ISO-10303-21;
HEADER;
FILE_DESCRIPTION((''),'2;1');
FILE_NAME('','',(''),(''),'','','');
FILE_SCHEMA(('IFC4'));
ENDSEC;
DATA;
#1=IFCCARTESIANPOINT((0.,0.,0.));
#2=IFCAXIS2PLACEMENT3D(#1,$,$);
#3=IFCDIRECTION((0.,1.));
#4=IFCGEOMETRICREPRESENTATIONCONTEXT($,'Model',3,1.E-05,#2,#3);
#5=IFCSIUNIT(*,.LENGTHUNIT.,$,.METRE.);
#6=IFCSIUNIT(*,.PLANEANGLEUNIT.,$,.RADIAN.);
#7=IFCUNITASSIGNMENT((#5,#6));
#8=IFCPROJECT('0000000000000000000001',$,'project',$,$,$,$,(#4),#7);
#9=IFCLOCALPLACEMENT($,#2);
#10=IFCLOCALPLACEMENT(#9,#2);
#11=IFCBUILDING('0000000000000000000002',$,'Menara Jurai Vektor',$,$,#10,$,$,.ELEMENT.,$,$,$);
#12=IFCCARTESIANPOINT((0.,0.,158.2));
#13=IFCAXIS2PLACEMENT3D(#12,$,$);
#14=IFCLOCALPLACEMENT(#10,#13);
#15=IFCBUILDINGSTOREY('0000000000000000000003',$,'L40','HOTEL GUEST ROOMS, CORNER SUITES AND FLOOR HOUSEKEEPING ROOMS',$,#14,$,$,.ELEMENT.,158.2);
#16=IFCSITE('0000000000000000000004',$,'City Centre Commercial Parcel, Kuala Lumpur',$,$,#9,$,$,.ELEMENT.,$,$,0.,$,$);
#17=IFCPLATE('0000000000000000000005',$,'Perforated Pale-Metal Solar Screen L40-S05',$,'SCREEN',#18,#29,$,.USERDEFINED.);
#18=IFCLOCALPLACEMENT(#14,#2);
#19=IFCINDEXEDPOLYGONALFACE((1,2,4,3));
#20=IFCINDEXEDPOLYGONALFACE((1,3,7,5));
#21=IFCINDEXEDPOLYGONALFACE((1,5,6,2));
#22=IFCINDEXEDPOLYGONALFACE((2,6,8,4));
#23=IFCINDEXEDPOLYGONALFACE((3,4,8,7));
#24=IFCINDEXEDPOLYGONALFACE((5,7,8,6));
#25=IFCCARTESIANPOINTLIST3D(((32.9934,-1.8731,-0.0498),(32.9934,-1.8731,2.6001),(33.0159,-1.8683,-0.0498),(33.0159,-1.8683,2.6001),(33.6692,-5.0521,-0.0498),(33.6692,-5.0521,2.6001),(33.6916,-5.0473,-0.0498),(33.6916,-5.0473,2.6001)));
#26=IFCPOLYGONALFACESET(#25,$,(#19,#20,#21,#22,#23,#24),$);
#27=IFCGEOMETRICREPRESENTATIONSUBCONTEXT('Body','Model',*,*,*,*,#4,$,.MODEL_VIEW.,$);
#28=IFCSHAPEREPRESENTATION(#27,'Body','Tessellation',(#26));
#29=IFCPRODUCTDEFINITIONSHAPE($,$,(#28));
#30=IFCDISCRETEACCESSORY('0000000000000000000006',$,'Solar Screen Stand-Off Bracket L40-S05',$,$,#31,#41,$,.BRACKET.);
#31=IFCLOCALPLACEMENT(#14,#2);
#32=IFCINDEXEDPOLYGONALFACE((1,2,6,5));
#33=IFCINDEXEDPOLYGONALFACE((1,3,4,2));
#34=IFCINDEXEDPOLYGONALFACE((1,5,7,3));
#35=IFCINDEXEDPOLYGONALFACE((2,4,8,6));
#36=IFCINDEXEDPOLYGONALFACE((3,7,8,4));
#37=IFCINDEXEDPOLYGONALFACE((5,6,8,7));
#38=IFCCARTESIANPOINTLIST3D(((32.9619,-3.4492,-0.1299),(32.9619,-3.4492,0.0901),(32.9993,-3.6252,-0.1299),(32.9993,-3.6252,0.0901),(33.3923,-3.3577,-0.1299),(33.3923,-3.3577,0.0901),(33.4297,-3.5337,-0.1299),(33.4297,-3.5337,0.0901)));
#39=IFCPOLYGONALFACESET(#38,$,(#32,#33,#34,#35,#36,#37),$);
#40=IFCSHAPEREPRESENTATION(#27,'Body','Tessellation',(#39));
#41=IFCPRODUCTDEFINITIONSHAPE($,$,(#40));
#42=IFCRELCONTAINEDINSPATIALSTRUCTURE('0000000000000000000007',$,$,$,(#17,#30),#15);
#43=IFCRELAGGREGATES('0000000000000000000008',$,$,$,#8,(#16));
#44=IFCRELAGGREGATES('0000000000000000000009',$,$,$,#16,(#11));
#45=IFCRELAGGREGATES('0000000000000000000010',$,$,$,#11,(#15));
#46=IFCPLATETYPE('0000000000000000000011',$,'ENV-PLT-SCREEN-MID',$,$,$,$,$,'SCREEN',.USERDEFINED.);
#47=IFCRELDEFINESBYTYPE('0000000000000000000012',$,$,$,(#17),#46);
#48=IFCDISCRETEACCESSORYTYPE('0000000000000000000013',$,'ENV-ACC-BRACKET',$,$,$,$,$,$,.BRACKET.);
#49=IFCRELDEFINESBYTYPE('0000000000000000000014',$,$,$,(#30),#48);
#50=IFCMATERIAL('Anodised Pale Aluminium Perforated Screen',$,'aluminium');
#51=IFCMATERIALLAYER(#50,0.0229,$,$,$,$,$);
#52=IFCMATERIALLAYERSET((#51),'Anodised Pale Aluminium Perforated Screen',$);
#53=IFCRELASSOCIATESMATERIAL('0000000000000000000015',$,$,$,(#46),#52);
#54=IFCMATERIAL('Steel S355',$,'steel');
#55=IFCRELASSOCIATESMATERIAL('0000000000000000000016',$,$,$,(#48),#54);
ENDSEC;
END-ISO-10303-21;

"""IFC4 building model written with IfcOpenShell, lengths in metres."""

from ifc_helpers import new_model, si_unit, direction, frame, origin, origin_2d, place, context, subcontext, project, spatial, rectangle, extrude, material, layer, layer_set, type_object, element, save


model = new_model("IFC4")

# Units and contexts
model_context = context("Model", 3, precision=1e-05, world=origin(), true_north=direction((0.0, 1.0)))
body_context = subcontext(model_context, "Body", "Model", "MODEL_VIEW")
ifc_project = project(units=[si_unit("LENGTHUNIT", "METRE"), si_unit("PLANEANGLEUNIT", "RADIAN")], contexts=[model_context])

# Site, building, storey
site_placement = place(None, origin())
site = spatial("IfcSite", under=ifc_project, at=site_placement, Name="City Centre Commercial Parcel, Kuala Lumpur", CompositionType="ELEMENT", RefElevation=0.0)
building_placement = place(site_placement, origin())
building = spatial("IfcBuilding", under=site, at=building_placement, Name="Menara Jurai Vektor", CompositionType="ELEMENT")
storey_placement = place(building_placement, frame((0.0, 0.0, 158.2)))
storey = spatial("IfcBuildingStorey", under=building, at=storey_placement, Name="L40", Description="HOTEL GUEST ROOMS, CORNER SUITES AND FLOOR HOUSEKEEPING ROOMS", CompositionType="ELEMENT", Elevation=158.2)

# Shared definitions
ifc_material_1 = material(Name="Steel S355", Category="steel")

# Plate
ifc_material_2 = material(Name="Anodised Pale Aluminium Perforated Screen", Category="aluminium")
ifc_layer_1 = layer(ifc_material_2, 0.0229)
ifc_layer_set_1 = layer_set([ifc_layer_1], Name="Anodised Pale Aluminium Perforated Screen")
plate_type_1 = type_object("IfcPlateType", Name="ENV-PLT-SCREEN-MID", ElementType="SCREEN", PredefinedType="USERDEFINED", material=ifc_layer_set_1)
plate_1_placement = place(storey_placement, frame((33.3425, -3.4602, -0.0498), z_axis=(0.0, 0.0, 1.0), x_axis=(-0.207912, 0.978148, 0.0)))
element("IfcPlate", 1, at=plate_1_placement, inside=storey, type_object=plate_type_1, Name="Perforated Pale-Metal Solar Screen L40-S05", ObjectType="SCREEN", PredefinedType="USERDEFINED", context=body_context, shape_type="SweptSolid", body=[
    extrude(rectangle(XDim=3.25, YDim=0.0229, at=origin_2d()), origin(), (0.0, 0.0, 1.0), 2.6499),
])

# Discrete accessory
discrete_accessory_type = type_object("IfcDiscreteAccessoryType", Name="ENV-ACC-BRACKET", PredefinedType="BRACKET", material=ifc_material_1)
discrete_accessory_placement = place(storey_placement, frame((33.1958, -3.4915, -0.1299), z_axis=(0.0, 0.0, 1.0), x_axis=(-0.207912, 0.978148, 0.0)))
element("IfcDiscreteAccessory", 2, at=discrete_accessory_placement, inside=storey, type_object=discrete_accessory_type, Name="Solar Screen Stand-Off Bracket L40-S05", PredefinedType="BRACKET", context=body_context, shape_type="SweptSolid", body=[
    extrude(rectangle(XDim=0.1799, YDim=0.4399, at=origin_2d()), origin(), (0.0, 0.0, 1.0), 0.22),
])

save(model, "model.ifc")
